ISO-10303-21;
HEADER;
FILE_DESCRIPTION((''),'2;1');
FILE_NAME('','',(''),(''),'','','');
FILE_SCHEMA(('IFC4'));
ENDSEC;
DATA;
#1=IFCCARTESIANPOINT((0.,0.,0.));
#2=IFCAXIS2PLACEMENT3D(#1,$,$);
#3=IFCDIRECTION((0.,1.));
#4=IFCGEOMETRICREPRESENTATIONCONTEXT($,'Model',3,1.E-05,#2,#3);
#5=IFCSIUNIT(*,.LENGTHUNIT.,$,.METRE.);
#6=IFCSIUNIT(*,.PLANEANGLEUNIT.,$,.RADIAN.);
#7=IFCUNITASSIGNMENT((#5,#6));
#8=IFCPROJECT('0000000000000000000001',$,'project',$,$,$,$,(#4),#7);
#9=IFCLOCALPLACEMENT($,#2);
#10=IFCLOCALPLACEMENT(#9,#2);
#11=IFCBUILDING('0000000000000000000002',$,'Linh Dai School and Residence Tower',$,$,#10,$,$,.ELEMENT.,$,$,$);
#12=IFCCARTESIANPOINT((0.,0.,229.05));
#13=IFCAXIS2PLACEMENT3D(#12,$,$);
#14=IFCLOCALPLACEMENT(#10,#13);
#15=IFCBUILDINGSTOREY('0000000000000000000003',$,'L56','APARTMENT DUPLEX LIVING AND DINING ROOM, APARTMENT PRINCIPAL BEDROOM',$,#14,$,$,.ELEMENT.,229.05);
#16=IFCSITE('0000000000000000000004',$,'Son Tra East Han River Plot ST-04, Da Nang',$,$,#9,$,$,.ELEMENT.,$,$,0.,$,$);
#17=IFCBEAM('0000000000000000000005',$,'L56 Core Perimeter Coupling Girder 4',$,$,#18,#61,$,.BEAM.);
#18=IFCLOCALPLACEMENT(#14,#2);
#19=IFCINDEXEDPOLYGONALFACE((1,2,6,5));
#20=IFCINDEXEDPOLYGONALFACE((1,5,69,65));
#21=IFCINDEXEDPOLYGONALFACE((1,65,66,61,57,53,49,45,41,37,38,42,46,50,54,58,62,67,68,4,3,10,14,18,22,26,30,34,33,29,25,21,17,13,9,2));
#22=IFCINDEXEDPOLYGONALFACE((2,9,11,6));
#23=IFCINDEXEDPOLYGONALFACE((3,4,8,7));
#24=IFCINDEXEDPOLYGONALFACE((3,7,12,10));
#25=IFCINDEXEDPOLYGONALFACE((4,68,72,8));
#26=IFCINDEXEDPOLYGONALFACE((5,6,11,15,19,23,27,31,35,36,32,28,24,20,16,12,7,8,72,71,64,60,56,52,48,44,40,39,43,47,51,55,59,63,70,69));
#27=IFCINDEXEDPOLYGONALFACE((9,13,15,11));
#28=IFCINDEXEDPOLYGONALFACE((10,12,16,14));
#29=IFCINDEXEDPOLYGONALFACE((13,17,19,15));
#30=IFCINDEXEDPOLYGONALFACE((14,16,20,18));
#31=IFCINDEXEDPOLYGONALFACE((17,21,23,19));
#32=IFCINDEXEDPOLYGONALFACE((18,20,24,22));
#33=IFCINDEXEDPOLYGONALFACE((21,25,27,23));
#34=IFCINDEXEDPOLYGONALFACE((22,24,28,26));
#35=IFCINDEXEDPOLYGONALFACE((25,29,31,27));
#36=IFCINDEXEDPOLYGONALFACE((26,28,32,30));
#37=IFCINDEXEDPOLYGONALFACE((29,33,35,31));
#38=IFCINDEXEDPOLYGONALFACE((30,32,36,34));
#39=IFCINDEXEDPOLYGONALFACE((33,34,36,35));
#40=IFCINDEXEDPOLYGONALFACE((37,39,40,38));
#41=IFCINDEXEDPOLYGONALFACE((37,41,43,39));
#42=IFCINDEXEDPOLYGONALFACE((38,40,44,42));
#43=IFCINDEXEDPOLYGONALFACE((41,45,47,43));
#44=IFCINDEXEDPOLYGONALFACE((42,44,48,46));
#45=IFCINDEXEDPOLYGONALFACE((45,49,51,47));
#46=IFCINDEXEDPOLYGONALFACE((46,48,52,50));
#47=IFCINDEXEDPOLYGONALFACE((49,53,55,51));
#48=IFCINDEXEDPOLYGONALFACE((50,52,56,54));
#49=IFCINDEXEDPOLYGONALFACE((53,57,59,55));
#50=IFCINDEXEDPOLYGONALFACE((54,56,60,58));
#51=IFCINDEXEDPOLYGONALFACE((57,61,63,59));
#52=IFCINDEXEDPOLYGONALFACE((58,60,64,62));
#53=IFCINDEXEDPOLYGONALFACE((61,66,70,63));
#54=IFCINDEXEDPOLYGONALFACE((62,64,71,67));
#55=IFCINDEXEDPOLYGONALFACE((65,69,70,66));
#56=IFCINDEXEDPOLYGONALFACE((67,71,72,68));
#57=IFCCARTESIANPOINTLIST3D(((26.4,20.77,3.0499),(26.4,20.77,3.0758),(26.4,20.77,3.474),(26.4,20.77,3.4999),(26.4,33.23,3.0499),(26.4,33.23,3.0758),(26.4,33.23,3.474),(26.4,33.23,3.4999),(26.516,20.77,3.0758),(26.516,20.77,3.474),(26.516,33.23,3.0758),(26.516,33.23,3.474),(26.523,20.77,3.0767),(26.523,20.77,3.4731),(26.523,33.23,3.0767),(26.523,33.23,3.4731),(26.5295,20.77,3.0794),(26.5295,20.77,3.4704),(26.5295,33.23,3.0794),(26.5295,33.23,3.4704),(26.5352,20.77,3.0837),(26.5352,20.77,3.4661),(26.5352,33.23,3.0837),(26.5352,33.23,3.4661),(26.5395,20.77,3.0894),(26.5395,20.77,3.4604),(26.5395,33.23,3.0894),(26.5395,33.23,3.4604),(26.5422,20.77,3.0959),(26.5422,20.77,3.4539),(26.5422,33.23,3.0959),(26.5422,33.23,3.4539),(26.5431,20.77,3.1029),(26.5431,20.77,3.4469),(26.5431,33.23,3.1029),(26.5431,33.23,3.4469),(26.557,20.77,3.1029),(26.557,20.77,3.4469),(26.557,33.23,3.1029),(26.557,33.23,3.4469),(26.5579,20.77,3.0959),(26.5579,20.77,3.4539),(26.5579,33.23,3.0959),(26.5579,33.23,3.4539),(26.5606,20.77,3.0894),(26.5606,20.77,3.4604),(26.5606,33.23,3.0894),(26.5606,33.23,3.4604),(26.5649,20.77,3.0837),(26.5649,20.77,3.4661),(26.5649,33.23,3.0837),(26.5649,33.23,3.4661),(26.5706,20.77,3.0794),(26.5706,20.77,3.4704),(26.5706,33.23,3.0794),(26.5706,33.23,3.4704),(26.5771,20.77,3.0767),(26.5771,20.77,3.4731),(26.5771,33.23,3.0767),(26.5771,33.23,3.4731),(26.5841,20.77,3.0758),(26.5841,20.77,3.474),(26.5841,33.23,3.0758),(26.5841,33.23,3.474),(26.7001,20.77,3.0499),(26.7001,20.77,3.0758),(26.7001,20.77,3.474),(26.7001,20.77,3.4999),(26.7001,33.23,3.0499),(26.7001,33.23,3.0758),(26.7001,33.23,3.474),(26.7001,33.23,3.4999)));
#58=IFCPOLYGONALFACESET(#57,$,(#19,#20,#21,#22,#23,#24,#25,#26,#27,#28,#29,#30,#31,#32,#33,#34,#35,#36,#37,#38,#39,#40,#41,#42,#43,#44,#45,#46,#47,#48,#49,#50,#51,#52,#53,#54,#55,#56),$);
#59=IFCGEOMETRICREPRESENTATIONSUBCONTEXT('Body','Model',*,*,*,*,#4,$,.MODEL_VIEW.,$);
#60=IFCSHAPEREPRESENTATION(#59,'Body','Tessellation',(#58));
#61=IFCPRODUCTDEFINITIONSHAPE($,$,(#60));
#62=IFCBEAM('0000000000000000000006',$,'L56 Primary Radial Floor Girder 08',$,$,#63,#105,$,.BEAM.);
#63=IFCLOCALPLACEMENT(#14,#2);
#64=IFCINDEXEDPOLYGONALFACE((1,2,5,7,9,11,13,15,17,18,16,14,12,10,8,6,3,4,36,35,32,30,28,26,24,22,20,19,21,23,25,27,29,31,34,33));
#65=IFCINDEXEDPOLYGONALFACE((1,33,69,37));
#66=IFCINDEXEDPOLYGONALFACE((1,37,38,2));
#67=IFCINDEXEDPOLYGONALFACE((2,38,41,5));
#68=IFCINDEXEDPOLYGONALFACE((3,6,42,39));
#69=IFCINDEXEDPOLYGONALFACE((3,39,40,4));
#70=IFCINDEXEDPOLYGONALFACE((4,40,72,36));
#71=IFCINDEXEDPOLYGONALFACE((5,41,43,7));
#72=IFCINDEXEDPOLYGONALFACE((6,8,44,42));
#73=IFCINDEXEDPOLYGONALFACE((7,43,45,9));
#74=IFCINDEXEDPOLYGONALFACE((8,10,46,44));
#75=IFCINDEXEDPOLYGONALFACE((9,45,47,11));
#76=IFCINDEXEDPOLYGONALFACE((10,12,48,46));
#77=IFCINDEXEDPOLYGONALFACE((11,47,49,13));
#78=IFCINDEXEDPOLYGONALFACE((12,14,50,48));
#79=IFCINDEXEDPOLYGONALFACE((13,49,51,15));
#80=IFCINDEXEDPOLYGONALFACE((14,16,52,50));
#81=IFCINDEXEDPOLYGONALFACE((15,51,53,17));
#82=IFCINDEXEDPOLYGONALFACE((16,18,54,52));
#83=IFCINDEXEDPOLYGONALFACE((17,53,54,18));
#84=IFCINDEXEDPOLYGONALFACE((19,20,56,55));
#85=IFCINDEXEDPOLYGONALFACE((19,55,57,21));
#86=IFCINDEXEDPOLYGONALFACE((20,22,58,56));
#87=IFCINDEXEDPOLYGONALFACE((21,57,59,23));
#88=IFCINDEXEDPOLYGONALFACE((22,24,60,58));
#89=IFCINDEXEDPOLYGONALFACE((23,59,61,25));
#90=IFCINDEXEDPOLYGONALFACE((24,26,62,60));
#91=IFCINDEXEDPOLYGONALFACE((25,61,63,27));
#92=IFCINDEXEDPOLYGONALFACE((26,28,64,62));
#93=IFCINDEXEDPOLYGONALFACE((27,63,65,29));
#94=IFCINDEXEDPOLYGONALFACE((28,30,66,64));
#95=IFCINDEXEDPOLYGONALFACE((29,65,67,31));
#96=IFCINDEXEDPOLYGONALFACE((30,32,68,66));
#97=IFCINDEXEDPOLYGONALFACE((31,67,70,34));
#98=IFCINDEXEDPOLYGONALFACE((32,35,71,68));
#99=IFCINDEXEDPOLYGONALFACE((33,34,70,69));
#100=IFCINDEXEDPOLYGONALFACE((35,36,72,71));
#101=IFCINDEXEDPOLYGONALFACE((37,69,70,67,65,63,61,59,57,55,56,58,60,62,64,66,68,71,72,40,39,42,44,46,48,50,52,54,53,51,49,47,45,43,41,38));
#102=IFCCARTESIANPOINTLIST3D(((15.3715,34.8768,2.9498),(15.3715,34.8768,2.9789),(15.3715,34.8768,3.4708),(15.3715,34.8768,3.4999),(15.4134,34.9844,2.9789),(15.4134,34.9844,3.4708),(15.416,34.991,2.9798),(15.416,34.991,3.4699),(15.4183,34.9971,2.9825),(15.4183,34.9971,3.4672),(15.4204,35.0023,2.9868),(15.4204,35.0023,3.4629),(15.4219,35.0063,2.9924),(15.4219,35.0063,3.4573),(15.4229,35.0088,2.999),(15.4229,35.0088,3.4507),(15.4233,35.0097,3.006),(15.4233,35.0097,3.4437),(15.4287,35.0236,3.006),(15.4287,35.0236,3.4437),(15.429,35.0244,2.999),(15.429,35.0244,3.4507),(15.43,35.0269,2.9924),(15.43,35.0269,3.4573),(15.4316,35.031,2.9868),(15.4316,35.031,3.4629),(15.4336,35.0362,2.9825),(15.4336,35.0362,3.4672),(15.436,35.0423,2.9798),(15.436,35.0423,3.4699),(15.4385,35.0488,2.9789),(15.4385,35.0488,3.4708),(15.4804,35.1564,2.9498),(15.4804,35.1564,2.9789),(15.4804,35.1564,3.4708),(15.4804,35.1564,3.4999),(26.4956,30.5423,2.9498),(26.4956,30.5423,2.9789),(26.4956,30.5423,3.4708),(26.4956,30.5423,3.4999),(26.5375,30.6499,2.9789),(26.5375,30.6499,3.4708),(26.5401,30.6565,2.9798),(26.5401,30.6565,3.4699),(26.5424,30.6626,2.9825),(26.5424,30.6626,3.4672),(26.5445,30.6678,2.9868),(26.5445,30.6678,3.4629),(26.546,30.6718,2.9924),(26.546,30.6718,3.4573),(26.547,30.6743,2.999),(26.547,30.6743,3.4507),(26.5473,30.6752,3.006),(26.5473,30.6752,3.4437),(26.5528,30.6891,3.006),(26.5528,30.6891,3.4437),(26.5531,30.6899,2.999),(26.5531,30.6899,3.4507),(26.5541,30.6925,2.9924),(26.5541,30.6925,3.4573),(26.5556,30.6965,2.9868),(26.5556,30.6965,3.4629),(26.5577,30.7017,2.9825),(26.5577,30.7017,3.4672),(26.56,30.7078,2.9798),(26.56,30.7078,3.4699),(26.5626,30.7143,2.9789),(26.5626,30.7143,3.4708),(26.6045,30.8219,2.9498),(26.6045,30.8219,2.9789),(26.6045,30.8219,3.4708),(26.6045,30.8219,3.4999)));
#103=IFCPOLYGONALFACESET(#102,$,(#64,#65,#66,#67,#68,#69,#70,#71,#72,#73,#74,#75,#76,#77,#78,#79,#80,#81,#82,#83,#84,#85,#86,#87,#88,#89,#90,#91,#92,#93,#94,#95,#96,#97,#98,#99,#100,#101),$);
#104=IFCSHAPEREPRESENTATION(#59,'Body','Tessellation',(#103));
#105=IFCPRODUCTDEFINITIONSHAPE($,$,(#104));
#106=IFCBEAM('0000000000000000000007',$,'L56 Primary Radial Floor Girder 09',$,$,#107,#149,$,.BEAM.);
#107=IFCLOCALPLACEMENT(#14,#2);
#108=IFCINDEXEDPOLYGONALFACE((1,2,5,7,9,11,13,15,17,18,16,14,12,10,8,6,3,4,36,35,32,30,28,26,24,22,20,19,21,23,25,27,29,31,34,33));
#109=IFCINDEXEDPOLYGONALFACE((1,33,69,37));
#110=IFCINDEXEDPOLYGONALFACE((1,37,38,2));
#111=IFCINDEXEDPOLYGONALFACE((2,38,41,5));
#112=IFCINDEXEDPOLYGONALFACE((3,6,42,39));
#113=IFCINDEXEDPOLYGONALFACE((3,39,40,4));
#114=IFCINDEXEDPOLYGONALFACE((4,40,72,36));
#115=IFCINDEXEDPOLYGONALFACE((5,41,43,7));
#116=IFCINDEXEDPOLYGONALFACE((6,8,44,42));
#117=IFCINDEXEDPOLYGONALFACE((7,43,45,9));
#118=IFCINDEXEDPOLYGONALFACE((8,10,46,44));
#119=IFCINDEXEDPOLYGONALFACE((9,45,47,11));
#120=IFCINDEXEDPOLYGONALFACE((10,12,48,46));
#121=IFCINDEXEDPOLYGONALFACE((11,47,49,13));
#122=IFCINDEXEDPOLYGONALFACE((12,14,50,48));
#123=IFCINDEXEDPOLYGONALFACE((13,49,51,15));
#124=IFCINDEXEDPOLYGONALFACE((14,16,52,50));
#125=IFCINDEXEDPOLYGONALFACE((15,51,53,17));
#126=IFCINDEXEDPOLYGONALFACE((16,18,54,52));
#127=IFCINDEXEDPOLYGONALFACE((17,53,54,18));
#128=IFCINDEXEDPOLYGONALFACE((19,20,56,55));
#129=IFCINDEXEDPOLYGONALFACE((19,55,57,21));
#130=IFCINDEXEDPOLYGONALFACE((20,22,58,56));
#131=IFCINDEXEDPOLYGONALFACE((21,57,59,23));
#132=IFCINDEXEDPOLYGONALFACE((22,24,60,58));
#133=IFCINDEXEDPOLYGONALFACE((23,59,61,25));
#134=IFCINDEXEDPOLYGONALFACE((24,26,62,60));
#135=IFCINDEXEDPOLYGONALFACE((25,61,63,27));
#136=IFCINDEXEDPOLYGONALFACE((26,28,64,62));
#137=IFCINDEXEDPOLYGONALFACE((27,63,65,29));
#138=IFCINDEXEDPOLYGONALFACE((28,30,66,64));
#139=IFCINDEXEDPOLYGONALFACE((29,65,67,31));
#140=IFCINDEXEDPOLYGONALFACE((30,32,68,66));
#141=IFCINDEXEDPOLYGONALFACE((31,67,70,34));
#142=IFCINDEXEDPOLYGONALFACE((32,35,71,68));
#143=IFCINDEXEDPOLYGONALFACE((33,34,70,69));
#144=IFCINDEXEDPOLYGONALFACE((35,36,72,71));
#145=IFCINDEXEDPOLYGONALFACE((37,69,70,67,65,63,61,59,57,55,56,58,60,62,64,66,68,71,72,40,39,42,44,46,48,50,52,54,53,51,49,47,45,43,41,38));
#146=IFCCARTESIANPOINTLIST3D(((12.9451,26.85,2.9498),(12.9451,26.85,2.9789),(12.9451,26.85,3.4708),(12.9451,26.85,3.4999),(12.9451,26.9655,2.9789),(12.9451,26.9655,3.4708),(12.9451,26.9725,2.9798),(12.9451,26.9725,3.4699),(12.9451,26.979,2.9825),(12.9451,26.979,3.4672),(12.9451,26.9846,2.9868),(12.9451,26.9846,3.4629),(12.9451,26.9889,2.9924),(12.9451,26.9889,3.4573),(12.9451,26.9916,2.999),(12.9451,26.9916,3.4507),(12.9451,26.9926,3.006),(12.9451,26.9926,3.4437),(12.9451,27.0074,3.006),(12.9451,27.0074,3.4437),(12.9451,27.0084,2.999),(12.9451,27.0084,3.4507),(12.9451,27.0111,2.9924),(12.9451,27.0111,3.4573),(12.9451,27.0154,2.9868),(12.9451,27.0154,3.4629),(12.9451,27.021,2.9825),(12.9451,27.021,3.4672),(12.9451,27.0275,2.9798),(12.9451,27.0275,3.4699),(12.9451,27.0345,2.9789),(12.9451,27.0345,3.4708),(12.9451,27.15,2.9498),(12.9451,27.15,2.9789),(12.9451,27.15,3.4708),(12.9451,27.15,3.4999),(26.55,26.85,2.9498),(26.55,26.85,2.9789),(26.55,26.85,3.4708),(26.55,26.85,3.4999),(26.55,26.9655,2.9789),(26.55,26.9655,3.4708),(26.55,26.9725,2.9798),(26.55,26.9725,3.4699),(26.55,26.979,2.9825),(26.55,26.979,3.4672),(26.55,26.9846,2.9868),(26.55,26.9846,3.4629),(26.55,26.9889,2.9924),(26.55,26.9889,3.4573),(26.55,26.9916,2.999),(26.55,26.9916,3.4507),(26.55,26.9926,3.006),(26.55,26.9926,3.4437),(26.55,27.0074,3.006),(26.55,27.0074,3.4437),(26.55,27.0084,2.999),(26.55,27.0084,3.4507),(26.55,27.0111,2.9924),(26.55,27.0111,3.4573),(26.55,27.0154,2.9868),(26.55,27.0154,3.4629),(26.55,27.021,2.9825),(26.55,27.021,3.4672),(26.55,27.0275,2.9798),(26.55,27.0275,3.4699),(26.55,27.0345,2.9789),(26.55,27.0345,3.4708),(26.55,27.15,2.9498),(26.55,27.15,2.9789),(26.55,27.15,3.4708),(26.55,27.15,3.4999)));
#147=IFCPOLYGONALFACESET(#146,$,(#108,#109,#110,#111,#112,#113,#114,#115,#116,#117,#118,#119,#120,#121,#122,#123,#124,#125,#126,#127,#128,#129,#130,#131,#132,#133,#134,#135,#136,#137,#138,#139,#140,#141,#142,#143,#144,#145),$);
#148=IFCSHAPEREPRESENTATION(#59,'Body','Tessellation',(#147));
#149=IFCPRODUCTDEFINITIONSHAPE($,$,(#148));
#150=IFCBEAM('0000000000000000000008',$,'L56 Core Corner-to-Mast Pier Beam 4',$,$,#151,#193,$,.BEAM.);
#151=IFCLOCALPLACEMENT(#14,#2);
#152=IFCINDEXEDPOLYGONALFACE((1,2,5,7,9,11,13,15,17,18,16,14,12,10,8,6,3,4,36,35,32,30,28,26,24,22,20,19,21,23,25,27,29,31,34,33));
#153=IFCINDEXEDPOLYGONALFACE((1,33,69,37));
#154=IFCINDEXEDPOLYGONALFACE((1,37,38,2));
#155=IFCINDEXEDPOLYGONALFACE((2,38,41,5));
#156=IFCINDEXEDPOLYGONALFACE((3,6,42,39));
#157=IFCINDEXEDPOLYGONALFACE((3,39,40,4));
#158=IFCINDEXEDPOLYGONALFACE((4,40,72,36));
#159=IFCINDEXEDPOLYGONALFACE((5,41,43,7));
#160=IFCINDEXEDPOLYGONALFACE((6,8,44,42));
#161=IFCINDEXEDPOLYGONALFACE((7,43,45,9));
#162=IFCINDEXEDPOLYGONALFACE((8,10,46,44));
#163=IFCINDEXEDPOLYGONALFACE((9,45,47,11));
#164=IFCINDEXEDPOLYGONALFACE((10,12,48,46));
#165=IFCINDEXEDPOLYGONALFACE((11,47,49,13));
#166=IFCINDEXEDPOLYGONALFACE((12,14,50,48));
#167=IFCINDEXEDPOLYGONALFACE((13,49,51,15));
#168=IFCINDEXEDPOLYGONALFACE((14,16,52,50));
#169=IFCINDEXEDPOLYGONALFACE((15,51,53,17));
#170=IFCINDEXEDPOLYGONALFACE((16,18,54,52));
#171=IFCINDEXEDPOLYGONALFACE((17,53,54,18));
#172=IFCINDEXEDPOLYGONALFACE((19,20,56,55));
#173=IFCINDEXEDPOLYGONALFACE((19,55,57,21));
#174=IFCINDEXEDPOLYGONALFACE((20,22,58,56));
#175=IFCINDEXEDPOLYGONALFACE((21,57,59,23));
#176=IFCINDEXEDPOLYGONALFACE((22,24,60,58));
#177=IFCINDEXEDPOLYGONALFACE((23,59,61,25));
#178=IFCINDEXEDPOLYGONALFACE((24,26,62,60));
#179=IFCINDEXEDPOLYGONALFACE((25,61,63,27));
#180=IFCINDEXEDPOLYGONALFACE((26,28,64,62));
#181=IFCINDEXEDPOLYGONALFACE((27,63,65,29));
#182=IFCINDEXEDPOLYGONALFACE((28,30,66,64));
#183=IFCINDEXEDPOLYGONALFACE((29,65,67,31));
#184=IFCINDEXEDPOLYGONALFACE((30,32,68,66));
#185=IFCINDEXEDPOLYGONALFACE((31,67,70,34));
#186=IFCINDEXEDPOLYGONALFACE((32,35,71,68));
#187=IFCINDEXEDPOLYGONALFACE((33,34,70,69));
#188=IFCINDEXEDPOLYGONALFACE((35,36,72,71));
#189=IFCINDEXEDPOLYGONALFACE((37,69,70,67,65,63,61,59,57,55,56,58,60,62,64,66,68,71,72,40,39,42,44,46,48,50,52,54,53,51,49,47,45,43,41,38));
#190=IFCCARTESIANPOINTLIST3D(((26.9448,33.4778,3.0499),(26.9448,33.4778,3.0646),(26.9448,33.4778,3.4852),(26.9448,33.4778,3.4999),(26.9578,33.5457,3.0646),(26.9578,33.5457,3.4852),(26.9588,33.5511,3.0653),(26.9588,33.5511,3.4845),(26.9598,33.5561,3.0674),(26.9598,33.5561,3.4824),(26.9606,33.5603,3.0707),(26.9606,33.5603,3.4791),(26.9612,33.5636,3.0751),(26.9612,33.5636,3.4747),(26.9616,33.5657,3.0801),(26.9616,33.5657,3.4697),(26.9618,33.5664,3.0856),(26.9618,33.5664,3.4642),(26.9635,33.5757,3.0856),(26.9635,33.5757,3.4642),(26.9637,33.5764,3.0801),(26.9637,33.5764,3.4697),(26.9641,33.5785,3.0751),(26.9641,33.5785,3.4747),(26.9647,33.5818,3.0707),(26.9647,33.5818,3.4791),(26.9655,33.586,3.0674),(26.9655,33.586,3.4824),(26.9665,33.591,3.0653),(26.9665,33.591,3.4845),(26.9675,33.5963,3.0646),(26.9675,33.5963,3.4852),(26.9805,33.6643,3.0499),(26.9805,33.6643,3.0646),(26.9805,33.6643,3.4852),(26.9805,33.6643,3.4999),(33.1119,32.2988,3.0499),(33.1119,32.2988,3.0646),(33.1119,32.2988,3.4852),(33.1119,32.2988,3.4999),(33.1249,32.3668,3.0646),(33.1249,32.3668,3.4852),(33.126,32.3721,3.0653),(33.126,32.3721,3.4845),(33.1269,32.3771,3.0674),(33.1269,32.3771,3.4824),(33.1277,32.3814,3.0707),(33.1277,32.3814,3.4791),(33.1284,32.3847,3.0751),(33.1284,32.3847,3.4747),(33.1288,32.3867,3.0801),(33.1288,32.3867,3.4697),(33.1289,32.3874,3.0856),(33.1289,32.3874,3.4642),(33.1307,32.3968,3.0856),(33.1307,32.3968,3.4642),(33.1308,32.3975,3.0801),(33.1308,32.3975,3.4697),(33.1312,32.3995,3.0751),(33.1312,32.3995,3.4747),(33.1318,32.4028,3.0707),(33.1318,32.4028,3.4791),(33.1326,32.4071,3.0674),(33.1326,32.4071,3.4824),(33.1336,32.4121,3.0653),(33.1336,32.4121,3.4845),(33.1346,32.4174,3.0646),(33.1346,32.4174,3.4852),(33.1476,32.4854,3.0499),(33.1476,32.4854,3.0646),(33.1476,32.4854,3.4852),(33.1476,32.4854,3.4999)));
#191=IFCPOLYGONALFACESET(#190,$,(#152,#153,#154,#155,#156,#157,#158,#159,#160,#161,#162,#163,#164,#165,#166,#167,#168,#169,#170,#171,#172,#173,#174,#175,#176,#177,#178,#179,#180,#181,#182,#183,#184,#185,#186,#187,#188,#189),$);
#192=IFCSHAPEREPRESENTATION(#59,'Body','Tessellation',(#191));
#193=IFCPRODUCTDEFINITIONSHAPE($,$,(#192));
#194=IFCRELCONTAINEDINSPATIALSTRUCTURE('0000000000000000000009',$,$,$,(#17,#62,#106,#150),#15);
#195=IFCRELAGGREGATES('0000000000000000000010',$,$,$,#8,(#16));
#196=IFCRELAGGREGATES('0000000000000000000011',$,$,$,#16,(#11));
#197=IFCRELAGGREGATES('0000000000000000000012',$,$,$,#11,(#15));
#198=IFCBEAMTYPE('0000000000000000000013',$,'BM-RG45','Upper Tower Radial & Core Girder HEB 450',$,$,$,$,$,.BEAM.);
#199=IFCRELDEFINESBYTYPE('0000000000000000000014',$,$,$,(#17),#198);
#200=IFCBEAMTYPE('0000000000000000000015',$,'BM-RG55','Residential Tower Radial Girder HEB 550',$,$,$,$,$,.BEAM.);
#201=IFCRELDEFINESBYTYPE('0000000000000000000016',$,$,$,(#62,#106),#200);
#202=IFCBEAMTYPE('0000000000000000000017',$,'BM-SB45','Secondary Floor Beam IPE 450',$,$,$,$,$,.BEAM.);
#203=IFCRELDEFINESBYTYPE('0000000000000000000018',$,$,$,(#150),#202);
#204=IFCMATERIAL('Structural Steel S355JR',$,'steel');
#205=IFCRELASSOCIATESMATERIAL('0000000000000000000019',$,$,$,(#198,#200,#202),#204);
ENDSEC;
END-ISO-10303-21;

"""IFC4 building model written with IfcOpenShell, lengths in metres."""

from ifc_helpers import new_model, si_unit, direction, frame, origin, origin_2d, place, context, subcontext, project, spatial, i_section, extrude, material, material_profile, profile_set, type_object, element, save


model = new_model("IFC4")

# Units and contexts
model_context = context("Model", 3, precision=1e-05, world=origin(), true_north=direction((0.0, 1.0)))
body_context = subcontext(model_context, "Body", "Model", "MODEL_VIEW")
ifc_project = project(units=[si_unit("LENGTHUNIT", "METRE"), si_unit("PLANEANGLEUNIT", "RADIAN")], contexts=[model_context])

# Site, building, storey
site_placement = place(None, origin())
site = spatial("IfcSite", under=ifc_project, at=site_placement, Name="Son Tra East Han River Plot ST-04, Da Nang", CompositionType="ELEMENT", RefElevation=0.0)
building_placement = place(site_placement, origin())
building = spatial("IfcBuilding", under=site, at=building_placement, Name="Linh Dai School and Residence Tower", CompositionType="ELEMENT")
storey_placement = place(building_placement, frame((0.0, 0.0, 229.05)))
storey = spatial("IfcBuildingStorey", under=building, at=storey_placement, Name="L56", Description="APARTMENT DUPLEX LIVING AND DINING ROOM, APARTMENT PRINCIPAL BEDROOM", CompositionType="ELEMENT", Elevation=229.05)

# Shared definitions
ifc_material_1 = material(Name="Structural Steel S355JR", Category="steel")

# Beams
ifc_material_profile_1 = material_profile(ifc_material_1, i_section(OverallWidth=0.3, OverallDepth=0.45, WebThickness=0.0139, FlangeThickness=0.0259, FilletRadius=0.0271, at=origin_2d()), Name="HEB 450")
ifc_profile_set_1 = profile_set([ifc_material_profile_1], Name="Structural Steel S355JR")
beam_type_1 = type_object("IfcBeamType", Name="BM-RG45", Description="Upper Tower Radial & Core Girder HEB 450", PredefinedType="BEAM", material=ifc_profile_set_1)
beam_1_placement = place(storey_placement, frame((26.55, 33.23, 3.2749), z_axis=(0.0, -1.0, 0.0), x_axis=(1.0, 0.0, 0.0)))
element("IfcBeam", 1, at=beam_1_placement, inside=storey, type_object=beam_type_1, Name="L56 Core Perimeter Coupling Girder 4", PredefinedType="BEAM", context=body_context, shape_type="SweptSolid", body=[
    extrude(i_section(OverallWidth=0.3, OverallDepth=0.45, WebThickness=0.0139, FlangeThickness=0.0259, FilletRadius=0.0271, at=origin_2d()), origin(), (0.0, 0.0, 1.0), 12.46),
])
ifc_material_profile_2 = material_profile(ifc_material_1, i_section(OverallWidth=0.3, OverallDepth=0.55, WebThickness=0.0149, FlangeThickness=0.0291, FilletRadius=0.0271, at=origin_2d()), Name="HEB 550")
ifc_profile_set_2 = profile_set([ifc_material_profile_2], Name="Structural Steel S355JR")
beam_type_2 = type_object("IfcBeamType", Name="BM-RG55", Description="Residential Tower Radial Girder HEB 550", PredefinedType="BEAM", material=ifc_profile_set_2)
beam_2_placement = place(storey_placement, frame((26.55, 30.6821, 3.2249), z_axis=(-0.931765, 0.363062, 0.0), x_axis=(-0.363062, -0.931765, 0.0)))
element("IfcBeam", 2, at=beam_2_placement, inside=storey, type_object=beam_type_2, Name="L56 Primary Radial Floor Girder 08", PredefinedType="BEAM", context=body_context, shape_type="SweptSolid", body=[
    extrude(i_section(OverallWidth=0.3, OverallDepth=0.55, WebThickness=0.0149, FlangeThickness=0.0291, FilletRadius=0.0271, at=origin_2d()), origin(), (0.0, 0.0, 1.0), 11.9387),
])
beam_3_placement = place(storey_placement, frame((26.55, 27.0, 3.2249), z_axis=(-1.0, 0.0, 0.0), x_axis=(0.0, -1.0, 0.0)))
element("IfcBeam", 3, at=beam_3_placement, inside=storey, type_object=beam_type_2, Name="L56 Primary Radial Floor Girder 09", PredefinedType="BEAM", context=body_context, shape_type="SweptSolid", body=[
    extrude(i_section(OverallWidth=0.3, OverallDepth=0.55, WebThickness=0.0149, FlangeThickness=0.0291, FilletRadius=0.0271, at=origin_2d()), origin(), (0.0, 0.0, 1.0), 13.605),
])
ifc_material_profile_3 = material_profile(ifc_material_1, i_section(OverallWidth=0.1899, OverallDepth=0.45, WebThickness=0.0095, FlangeThickness=0.0146, FilletRadius=0.021, at=origin_2d()), Name="IPE 450")
ifc_profile_set_3 = profile_set([ifc_material_profile_3], Name="Structural Steel S355JR")
beam_type_3 = type_object("IfcBeamType", Name="BM-SB45", Description="Secondary Floor Beam IPE 450", PredefinedType="BEAM", material=ifc_profile_set_3)
beam_4_placement = place(storey_placement, frame((26.9626, 33.571, 3.2749), z_axis=(0.982214, -0.187764, 0.0), x_axis=(0.187764, 0.982214, 0.0)))
element("IfcBeam", 4, at=beam_4_placement, inside=storey, type_object=beam_type_3, Name="L56 Core Corner-to-Mast Pier Beam 4", PredefinedType="BEAM", context=body_context, shape_type="SweptSolid", body=[
    extrude(i_section(OverallWidth=0.1899, OverallDepth=0.45, WebThickness=0.0095, FlangeThickness=0.0146, FilletRadius=0.021, at=origin_2d()), origin(), (0.0, 0.0, 1.0), 6.2788),
])

save(model, "model.ifc")
